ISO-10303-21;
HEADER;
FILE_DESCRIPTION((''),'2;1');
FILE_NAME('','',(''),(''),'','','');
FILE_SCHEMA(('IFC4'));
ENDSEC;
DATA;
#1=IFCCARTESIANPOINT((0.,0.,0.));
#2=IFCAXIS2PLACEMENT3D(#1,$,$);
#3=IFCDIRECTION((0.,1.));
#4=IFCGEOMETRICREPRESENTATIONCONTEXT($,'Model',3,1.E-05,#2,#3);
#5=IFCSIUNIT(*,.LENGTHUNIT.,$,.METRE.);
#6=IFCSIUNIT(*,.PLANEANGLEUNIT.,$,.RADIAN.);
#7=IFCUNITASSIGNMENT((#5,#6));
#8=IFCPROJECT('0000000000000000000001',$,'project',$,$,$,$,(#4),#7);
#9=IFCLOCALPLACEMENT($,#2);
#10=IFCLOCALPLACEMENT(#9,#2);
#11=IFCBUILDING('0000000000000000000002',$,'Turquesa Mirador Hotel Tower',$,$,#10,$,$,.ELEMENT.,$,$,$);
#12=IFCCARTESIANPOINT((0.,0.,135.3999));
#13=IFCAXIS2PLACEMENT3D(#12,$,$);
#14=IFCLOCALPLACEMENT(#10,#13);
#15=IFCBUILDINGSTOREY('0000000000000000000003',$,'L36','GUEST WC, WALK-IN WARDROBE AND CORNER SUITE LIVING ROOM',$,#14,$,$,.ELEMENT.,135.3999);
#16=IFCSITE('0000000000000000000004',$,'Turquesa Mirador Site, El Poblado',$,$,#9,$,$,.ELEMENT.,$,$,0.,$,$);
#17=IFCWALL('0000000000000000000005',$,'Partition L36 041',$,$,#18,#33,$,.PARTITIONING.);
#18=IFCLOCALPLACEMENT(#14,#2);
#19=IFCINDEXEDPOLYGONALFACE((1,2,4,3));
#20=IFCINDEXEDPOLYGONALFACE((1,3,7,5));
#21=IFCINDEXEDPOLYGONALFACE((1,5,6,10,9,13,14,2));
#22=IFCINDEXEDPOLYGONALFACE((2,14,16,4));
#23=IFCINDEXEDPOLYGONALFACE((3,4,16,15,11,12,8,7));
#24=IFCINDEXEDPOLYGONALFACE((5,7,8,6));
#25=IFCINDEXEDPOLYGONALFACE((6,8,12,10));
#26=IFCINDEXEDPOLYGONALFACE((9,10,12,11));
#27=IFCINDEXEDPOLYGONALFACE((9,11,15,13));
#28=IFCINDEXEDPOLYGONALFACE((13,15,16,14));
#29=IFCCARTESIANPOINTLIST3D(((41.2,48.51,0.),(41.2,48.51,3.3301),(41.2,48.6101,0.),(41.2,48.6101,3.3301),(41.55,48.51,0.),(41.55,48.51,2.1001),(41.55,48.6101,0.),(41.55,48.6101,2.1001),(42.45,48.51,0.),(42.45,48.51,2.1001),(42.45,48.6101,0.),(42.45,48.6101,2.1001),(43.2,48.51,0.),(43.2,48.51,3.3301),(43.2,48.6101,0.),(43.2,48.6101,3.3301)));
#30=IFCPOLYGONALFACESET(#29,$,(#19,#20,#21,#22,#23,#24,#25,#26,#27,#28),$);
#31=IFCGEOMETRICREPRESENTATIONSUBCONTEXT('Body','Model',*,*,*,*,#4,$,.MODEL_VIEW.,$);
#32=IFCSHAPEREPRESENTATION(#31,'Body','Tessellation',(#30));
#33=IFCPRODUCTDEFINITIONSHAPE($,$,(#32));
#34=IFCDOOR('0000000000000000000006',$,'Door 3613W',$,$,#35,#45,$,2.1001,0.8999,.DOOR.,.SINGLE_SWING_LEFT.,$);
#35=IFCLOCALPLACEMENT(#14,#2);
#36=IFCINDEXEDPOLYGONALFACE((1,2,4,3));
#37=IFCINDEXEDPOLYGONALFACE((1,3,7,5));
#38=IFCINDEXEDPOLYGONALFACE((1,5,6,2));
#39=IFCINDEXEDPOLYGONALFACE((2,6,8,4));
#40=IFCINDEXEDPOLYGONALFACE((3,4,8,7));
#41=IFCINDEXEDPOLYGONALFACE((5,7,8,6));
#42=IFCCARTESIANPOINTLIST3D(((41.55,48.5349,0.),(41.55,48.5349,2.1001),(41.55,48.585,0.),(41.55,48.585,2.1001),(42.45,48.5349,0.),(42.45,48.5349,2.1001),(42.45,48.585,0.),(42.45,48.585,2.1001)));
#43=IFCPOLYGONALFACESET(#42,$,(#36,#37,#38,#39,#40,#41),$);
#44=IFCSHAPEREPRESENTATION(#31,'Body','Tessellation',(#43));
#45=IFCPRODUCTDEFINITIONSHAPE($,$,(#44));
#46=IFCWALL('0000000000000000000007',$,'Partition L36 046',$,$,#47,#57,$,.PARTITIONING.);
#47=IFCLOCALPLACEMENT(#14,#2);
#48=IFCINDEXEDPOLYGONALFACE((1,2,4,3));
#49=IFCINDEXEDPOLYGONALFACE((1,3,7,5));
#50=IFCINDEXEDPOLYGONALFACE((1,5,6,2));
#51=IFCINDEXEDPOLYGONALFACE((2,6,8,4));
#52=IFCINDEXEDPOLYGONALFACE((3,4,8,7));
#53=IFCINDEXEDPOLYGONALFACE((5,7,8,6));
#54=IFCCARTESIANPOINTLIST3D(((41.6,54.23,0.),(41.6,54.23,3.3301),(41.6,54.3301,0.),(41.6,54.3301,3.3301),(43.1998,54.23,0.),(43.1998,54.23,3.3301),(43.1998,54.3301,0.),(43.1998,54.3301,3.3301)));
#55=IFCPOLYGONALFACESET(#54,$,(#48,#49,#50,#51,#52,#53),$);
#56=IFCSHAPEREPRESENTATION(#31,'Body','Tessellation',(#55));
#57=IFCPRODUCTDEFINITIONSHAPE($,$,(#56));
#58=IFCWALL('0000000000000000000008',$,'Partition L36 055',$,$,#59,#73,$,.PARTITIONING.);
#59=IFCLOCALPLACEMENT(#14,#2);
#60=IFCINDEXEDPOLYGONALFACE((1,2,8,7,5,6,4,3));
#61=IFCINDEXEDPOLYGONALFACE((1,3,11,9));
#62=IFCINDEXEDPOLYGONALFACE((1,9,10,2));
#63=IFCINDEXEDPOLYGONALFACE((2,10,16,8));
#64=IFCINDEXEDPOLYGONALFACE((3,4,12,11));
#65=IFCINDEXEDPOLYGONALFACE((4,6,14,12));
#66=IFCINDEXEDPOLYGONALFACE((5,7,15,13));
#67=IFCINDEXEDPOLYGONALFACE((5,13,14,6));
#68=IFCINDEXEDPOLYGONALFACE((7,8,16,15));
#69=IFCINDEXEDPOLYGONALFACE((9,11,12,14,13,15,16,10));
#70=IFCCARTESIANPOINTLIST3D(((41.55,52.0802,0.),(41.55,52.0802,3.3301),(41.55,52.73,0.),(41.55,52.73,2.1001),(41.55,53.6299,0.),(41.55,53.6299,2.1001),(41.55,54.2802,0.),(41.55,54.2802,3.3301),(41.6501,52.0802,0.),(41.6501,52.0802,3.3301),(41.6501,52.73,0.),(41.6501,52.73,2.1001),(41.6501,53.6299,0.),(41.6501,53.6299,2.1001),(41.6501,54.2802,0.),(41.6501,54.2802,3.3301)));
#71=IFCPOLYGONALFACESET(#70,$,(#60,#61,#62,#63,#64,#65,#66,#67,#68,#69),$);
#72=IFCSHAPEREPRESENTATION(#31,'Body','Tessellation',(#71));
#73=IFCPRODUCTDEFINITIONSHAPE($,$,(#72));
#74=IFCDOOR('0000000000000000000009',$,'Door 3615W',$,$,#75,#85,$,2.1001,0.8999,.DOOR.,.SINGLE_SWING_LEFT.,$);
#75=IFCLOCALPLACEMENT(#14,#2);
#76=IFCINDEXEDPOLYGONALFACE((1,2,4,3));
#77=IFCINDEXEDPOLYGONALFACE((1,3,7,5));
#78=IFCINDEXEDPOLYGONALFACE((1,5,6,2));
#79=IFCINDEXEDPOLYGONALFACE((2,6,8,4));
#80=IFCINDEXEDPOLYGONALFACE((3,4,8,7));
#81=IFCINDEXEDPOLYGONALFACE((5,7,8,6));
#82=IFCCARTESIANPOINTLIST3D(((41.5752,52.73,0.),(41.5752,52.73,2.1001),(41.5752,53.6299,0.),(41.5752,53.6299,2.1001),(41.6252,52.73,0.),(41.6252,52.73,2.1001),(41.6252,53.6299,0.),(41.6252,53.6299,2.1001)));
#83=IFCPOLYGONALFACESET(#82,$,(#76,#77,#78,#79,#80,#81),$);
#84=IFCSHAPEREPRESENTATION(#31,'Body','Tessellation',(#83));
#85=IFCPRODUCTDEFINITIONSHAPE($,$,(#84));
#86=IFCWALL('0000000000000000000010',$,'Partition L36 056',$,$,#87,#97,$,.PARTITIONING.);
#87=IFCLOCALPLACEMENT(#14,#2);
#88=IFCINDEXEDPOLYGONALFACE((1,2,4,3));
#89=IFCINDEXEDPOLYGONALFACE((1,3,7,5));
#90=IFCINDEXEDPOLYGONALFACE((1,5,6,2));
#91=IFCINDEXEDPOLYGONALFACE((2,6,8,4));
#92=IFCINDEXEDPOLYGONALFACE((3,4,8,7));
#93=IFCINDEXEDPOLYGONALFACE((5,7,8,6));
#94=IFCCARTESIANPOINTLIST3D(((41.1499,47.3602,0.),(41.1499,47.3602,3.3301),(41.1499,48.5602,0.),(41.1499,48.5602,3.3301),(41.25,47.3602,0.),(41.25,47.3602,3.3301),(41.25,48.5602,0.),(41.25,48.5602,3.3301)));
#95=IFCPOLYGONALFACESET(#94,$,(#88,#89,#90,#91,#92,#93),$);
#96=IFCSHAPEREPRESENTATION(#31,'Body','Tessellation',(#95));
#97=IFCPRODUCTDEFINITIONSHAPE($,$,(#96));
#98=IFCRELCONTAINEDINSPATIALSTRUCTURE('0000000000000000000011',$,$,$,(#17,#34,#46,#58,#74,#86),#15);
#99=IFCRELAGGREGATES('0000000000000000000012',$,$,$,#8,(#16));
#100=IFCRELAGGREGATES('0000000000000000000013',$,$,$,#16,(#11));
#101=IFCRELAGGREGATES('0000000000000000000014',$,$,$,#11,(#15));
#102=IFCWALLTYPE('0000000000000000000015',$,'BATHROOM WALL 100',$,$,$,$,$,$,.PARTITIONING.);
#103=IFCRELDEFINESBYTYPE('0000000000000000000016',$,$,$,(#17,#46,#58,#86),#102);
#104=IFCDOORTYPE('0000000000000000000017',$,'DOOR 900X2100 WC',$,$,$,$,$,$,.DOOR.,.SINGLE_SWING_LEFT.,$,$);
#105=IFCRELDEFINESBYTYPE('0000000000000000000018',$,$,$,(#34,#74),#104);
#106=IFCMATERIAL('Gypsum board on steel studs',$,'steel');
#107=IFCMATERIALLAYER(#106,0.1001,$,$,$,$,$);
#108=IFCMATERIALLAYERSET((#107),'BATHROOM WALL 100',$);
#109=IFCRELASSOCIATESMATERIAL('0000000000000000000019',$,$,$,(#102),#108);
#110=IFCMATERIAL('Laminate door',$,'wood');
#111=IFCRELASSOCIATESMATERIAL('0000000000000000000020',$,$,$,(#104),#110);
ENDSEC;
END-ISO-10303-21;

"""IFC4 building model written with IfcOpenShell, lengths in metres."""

from ifc_helpers import new_model, si_unit, direction, frame, frame_2d, origin, place, context, subcontext, project, spatial, rectangle, extrude, material, layer, layer_set, type_object, element, fill, save


model = new_model("IFC4")

# Units and contexts
model_context = context("Model", 3, precision=1e-05, world=origin(), true_north=direction((0.0, 1.0)))
body_context = subcontext(model_context, "Body", "Model", "MODEL_VIEW")
ifc_project = project(units=[si_unit("LENGTHUNIT", "METRE"), si_unit("PLANEANGLEUNIT", "RADIAN")], contexts=[model_context])

# Site, building, storey
site_placement = place(None, origin())
site = spatial("IfcSite", under=ifc_project, at=site_placement, Name="Turquesa Mirador Site, El Poblado", CompositionType="ELEMENT", RefElevation=0.0)
building_placement = place(site_placement, origin())
building = spatial("IfcBuilding", under=site, at=building_placement, Name="Turquesa Mirador Hotel Tower", CompositionType="ELEMENT")
storey_placement = place(building_placement, frame((0.0, 0.0, 135.3999)))
storey = spatial("IfcBuildingStorey", under=building, at=storey_placement, Name="L36", Description="GUEST WC, WALK-IN WARDROBE AND CORNER SUITE LIVING ROOM", CompositionType="ELEMENT", Elevation=135.3999)

# Wall, opening, door
ifc_material_1 = material(Name="Gypsum board on steel studs", Category="steel")
ifc_layer_1 = layer(ifc_material_1, 0.1001)
ifc_layer_set_1 = layer_set([ifc_layer_1], Name="BATHROOM WALL 100")
wall_type_1 = type_object("IfcWallType", Name="BATHROOM WALL 100", PredefinedType="PARTITIONING", material=ifc_layer_set_1)
wall_1_placement = place(storey_placement, frame((41.2, 48.5601, 0.0), z_axis=(0.0, 0.0, 1.0), x_axis=(1.0, 0.0, 0.0)))
wall_1 = element("IfcWall", 1, at=wall_1_placement, inside=storey, type_object=wall_type_1, Name="Partition L36 041", PredefinedType="PARTITIONING", context=body_context, shape_type="SweptSolid", body=[
    extrude(rectangle(XDim=2.0, YDim=0.1001, at=frame_2d((1.0, 0.0))), origin(), (0.0, 0.0, 1.0), 3.3301),
])
opening_1_placement = place(wall_1_placement, frame((0.3501, 0.0, 0.0)))
opening_1 = element("IfcOpeningElement", 2, at=opening_1_placement, cuts=wall_1, PredefinedType="OPENING", context=body_context, shape_type="SweptSolid", body=[
    extrude(rectangle(XDim=0.8999, YDim=2.1001, at=frame_2d((0.45, 1.05))), frame((0.0, 0.0601, 0.0), z_axis=(0.0, -1.0, 0.0), x_axis=(1.0, 0.0, 0.0)), (0.0, 0.0, 1.0), 0.1201),
])
ifc_material_2 = material(Name="Laminate door", Category="wood")
door_type_1 = type_object("IfcDoorType", Name="DOOR 900X2100 WC", OperationType="SINGLE_SWING_LEFT", PredefinedType="DOOR", material=ifc_material_2)
door_1_placement = place(opening_1_placement, origin())
door_1 = element("IfcDoor", 3, at=door_1_placement, inside=storey, type_object=door_type_1, Name="Door 3613W", OperationType="SINGLE_SWING_LEFT", OverallHeight=2.1001, OverallWidth=0.8999, PredefinedType="DOOR", context=body_context, shape_type="SweptSolid", body=[
    extrude(rectangle(XDim=0.8999, YDim=2.1001, at=frame_2d((0.45, 1.05))), frame((0.0, 0.0249, 0.0), z_axis=(0.0, -1.0, 0.0), x_axis=(1.0, 0.0, 0.0)), (0.0, 0.0, 1.0), 0.05),
])
fill(opening_1, door_1)

# Wall
wall_2_placement = place(storey_placement, frame((41.6001, 54.28, 0.0), z_axis=(0.0, 0.0, 1.0), x_axis=(1.0, 0.0, 0.0)))
element("IfcWall", 4, at=wall_2_placement, inside=storey, type_object=wall_type_1, Name="Partition L36 046", PredefinedType="PARTITIONING", context=body_context, shape_type="SweptSolid", body=[
    extrude(rectangle(XDim=1.5999, YDim=0.1001, at=frame_2d((0.7998, 0.0))), origin(), (0.0, 0.0, 1.0), 3.3301),
])

# Wall, opening, door
wall_3_placement = place(storey_placement, frame((41.6001, 52.0801, 0.0), z_axis=(0.0, 0.0, 1.0), x_axis=(0.0, 1.0, 0.0)))
wall_3 = element("IfcWall", 5, at=wall_3_placement, inside=storey, type_object=wall_type_1, Name="Partition L36 055", PredefinedType="PARTITIONING", context=body_context, shape_type="SweptSolid", body=[
    extrude(rectangle(XDim=2.2, YDim=0.1001, at=frame_2d((1.1001, 0.0))), origin(), (0.0, 0.0, 1.0), 3.3301),
])
opening_2_placement = place(wall_3_placement, frame((0.6499, 0.0, 0.0)))
opening_2 = element("IfcOpeningElement", 6, at=opening_2_placement, cuts=wall_3, PredefinedType="OPENING", context=body_context, shape_type="SweptSolid", body=[
    extrude(rectangle(XDim=0.8999, YDim=2.1001, at=frame_2d((0.45, 1.05))), frame((0.0, 0.0601, 0.0), z_axis=(0.0, -1.0, 0.0), x_axis=(1.0, 0.0, 0.0)), (0.0, 0.0, 1.0), 0.1201),
])
door_2_placement = place(opening_2_placement, origin())
door_2 = element("IfcDoor", 7, at=door_2_placement, inside=storey, type_object=door_type_1, Name="Door 3615W", OperationType="SINGLE_SWING_LEFT", OverallHeight=2.1001, OverallWidth=0.8999, PredefinedType="DOOR", context=body_context, shape_type="SweptSolid", body=[
    extrude(rectangle(XDim=0.8999, YDim=2.1001, at=frame_2d((0.45, 1.05))), frame((0.0, 0.0249, 0.0), z_axis=(0.0, -1.0, 0.0), x_axis=(1.0, 0.0, 0.0)), (0.0, 0.0, 1.0), 0.05),
])
fill(opening_2, door_2)

# Wall
wall_4_placement = place(storey_placement, frame((41.2, 47.3601, 0.0), z_axis=(0.0, 0.0, 1.0), x_axis=(0.0, 1.0, 0.0)))
element("IfcWall", 8, at=wall_4_placement, inside=storey, type_object=wall_type_1, Name="Partition L36 056", PredefinedType="PARTITIONING", context=body_context, shape_type="SweptSolid", body=[
    extrude(rectangle(XDim=1.2, YDim=0.1001, at=frame_2d((0.6001, 0.0))), origin(), (0.0, 0.0, 1.0), 3.3301),
])

save(model, "model.ifc")
